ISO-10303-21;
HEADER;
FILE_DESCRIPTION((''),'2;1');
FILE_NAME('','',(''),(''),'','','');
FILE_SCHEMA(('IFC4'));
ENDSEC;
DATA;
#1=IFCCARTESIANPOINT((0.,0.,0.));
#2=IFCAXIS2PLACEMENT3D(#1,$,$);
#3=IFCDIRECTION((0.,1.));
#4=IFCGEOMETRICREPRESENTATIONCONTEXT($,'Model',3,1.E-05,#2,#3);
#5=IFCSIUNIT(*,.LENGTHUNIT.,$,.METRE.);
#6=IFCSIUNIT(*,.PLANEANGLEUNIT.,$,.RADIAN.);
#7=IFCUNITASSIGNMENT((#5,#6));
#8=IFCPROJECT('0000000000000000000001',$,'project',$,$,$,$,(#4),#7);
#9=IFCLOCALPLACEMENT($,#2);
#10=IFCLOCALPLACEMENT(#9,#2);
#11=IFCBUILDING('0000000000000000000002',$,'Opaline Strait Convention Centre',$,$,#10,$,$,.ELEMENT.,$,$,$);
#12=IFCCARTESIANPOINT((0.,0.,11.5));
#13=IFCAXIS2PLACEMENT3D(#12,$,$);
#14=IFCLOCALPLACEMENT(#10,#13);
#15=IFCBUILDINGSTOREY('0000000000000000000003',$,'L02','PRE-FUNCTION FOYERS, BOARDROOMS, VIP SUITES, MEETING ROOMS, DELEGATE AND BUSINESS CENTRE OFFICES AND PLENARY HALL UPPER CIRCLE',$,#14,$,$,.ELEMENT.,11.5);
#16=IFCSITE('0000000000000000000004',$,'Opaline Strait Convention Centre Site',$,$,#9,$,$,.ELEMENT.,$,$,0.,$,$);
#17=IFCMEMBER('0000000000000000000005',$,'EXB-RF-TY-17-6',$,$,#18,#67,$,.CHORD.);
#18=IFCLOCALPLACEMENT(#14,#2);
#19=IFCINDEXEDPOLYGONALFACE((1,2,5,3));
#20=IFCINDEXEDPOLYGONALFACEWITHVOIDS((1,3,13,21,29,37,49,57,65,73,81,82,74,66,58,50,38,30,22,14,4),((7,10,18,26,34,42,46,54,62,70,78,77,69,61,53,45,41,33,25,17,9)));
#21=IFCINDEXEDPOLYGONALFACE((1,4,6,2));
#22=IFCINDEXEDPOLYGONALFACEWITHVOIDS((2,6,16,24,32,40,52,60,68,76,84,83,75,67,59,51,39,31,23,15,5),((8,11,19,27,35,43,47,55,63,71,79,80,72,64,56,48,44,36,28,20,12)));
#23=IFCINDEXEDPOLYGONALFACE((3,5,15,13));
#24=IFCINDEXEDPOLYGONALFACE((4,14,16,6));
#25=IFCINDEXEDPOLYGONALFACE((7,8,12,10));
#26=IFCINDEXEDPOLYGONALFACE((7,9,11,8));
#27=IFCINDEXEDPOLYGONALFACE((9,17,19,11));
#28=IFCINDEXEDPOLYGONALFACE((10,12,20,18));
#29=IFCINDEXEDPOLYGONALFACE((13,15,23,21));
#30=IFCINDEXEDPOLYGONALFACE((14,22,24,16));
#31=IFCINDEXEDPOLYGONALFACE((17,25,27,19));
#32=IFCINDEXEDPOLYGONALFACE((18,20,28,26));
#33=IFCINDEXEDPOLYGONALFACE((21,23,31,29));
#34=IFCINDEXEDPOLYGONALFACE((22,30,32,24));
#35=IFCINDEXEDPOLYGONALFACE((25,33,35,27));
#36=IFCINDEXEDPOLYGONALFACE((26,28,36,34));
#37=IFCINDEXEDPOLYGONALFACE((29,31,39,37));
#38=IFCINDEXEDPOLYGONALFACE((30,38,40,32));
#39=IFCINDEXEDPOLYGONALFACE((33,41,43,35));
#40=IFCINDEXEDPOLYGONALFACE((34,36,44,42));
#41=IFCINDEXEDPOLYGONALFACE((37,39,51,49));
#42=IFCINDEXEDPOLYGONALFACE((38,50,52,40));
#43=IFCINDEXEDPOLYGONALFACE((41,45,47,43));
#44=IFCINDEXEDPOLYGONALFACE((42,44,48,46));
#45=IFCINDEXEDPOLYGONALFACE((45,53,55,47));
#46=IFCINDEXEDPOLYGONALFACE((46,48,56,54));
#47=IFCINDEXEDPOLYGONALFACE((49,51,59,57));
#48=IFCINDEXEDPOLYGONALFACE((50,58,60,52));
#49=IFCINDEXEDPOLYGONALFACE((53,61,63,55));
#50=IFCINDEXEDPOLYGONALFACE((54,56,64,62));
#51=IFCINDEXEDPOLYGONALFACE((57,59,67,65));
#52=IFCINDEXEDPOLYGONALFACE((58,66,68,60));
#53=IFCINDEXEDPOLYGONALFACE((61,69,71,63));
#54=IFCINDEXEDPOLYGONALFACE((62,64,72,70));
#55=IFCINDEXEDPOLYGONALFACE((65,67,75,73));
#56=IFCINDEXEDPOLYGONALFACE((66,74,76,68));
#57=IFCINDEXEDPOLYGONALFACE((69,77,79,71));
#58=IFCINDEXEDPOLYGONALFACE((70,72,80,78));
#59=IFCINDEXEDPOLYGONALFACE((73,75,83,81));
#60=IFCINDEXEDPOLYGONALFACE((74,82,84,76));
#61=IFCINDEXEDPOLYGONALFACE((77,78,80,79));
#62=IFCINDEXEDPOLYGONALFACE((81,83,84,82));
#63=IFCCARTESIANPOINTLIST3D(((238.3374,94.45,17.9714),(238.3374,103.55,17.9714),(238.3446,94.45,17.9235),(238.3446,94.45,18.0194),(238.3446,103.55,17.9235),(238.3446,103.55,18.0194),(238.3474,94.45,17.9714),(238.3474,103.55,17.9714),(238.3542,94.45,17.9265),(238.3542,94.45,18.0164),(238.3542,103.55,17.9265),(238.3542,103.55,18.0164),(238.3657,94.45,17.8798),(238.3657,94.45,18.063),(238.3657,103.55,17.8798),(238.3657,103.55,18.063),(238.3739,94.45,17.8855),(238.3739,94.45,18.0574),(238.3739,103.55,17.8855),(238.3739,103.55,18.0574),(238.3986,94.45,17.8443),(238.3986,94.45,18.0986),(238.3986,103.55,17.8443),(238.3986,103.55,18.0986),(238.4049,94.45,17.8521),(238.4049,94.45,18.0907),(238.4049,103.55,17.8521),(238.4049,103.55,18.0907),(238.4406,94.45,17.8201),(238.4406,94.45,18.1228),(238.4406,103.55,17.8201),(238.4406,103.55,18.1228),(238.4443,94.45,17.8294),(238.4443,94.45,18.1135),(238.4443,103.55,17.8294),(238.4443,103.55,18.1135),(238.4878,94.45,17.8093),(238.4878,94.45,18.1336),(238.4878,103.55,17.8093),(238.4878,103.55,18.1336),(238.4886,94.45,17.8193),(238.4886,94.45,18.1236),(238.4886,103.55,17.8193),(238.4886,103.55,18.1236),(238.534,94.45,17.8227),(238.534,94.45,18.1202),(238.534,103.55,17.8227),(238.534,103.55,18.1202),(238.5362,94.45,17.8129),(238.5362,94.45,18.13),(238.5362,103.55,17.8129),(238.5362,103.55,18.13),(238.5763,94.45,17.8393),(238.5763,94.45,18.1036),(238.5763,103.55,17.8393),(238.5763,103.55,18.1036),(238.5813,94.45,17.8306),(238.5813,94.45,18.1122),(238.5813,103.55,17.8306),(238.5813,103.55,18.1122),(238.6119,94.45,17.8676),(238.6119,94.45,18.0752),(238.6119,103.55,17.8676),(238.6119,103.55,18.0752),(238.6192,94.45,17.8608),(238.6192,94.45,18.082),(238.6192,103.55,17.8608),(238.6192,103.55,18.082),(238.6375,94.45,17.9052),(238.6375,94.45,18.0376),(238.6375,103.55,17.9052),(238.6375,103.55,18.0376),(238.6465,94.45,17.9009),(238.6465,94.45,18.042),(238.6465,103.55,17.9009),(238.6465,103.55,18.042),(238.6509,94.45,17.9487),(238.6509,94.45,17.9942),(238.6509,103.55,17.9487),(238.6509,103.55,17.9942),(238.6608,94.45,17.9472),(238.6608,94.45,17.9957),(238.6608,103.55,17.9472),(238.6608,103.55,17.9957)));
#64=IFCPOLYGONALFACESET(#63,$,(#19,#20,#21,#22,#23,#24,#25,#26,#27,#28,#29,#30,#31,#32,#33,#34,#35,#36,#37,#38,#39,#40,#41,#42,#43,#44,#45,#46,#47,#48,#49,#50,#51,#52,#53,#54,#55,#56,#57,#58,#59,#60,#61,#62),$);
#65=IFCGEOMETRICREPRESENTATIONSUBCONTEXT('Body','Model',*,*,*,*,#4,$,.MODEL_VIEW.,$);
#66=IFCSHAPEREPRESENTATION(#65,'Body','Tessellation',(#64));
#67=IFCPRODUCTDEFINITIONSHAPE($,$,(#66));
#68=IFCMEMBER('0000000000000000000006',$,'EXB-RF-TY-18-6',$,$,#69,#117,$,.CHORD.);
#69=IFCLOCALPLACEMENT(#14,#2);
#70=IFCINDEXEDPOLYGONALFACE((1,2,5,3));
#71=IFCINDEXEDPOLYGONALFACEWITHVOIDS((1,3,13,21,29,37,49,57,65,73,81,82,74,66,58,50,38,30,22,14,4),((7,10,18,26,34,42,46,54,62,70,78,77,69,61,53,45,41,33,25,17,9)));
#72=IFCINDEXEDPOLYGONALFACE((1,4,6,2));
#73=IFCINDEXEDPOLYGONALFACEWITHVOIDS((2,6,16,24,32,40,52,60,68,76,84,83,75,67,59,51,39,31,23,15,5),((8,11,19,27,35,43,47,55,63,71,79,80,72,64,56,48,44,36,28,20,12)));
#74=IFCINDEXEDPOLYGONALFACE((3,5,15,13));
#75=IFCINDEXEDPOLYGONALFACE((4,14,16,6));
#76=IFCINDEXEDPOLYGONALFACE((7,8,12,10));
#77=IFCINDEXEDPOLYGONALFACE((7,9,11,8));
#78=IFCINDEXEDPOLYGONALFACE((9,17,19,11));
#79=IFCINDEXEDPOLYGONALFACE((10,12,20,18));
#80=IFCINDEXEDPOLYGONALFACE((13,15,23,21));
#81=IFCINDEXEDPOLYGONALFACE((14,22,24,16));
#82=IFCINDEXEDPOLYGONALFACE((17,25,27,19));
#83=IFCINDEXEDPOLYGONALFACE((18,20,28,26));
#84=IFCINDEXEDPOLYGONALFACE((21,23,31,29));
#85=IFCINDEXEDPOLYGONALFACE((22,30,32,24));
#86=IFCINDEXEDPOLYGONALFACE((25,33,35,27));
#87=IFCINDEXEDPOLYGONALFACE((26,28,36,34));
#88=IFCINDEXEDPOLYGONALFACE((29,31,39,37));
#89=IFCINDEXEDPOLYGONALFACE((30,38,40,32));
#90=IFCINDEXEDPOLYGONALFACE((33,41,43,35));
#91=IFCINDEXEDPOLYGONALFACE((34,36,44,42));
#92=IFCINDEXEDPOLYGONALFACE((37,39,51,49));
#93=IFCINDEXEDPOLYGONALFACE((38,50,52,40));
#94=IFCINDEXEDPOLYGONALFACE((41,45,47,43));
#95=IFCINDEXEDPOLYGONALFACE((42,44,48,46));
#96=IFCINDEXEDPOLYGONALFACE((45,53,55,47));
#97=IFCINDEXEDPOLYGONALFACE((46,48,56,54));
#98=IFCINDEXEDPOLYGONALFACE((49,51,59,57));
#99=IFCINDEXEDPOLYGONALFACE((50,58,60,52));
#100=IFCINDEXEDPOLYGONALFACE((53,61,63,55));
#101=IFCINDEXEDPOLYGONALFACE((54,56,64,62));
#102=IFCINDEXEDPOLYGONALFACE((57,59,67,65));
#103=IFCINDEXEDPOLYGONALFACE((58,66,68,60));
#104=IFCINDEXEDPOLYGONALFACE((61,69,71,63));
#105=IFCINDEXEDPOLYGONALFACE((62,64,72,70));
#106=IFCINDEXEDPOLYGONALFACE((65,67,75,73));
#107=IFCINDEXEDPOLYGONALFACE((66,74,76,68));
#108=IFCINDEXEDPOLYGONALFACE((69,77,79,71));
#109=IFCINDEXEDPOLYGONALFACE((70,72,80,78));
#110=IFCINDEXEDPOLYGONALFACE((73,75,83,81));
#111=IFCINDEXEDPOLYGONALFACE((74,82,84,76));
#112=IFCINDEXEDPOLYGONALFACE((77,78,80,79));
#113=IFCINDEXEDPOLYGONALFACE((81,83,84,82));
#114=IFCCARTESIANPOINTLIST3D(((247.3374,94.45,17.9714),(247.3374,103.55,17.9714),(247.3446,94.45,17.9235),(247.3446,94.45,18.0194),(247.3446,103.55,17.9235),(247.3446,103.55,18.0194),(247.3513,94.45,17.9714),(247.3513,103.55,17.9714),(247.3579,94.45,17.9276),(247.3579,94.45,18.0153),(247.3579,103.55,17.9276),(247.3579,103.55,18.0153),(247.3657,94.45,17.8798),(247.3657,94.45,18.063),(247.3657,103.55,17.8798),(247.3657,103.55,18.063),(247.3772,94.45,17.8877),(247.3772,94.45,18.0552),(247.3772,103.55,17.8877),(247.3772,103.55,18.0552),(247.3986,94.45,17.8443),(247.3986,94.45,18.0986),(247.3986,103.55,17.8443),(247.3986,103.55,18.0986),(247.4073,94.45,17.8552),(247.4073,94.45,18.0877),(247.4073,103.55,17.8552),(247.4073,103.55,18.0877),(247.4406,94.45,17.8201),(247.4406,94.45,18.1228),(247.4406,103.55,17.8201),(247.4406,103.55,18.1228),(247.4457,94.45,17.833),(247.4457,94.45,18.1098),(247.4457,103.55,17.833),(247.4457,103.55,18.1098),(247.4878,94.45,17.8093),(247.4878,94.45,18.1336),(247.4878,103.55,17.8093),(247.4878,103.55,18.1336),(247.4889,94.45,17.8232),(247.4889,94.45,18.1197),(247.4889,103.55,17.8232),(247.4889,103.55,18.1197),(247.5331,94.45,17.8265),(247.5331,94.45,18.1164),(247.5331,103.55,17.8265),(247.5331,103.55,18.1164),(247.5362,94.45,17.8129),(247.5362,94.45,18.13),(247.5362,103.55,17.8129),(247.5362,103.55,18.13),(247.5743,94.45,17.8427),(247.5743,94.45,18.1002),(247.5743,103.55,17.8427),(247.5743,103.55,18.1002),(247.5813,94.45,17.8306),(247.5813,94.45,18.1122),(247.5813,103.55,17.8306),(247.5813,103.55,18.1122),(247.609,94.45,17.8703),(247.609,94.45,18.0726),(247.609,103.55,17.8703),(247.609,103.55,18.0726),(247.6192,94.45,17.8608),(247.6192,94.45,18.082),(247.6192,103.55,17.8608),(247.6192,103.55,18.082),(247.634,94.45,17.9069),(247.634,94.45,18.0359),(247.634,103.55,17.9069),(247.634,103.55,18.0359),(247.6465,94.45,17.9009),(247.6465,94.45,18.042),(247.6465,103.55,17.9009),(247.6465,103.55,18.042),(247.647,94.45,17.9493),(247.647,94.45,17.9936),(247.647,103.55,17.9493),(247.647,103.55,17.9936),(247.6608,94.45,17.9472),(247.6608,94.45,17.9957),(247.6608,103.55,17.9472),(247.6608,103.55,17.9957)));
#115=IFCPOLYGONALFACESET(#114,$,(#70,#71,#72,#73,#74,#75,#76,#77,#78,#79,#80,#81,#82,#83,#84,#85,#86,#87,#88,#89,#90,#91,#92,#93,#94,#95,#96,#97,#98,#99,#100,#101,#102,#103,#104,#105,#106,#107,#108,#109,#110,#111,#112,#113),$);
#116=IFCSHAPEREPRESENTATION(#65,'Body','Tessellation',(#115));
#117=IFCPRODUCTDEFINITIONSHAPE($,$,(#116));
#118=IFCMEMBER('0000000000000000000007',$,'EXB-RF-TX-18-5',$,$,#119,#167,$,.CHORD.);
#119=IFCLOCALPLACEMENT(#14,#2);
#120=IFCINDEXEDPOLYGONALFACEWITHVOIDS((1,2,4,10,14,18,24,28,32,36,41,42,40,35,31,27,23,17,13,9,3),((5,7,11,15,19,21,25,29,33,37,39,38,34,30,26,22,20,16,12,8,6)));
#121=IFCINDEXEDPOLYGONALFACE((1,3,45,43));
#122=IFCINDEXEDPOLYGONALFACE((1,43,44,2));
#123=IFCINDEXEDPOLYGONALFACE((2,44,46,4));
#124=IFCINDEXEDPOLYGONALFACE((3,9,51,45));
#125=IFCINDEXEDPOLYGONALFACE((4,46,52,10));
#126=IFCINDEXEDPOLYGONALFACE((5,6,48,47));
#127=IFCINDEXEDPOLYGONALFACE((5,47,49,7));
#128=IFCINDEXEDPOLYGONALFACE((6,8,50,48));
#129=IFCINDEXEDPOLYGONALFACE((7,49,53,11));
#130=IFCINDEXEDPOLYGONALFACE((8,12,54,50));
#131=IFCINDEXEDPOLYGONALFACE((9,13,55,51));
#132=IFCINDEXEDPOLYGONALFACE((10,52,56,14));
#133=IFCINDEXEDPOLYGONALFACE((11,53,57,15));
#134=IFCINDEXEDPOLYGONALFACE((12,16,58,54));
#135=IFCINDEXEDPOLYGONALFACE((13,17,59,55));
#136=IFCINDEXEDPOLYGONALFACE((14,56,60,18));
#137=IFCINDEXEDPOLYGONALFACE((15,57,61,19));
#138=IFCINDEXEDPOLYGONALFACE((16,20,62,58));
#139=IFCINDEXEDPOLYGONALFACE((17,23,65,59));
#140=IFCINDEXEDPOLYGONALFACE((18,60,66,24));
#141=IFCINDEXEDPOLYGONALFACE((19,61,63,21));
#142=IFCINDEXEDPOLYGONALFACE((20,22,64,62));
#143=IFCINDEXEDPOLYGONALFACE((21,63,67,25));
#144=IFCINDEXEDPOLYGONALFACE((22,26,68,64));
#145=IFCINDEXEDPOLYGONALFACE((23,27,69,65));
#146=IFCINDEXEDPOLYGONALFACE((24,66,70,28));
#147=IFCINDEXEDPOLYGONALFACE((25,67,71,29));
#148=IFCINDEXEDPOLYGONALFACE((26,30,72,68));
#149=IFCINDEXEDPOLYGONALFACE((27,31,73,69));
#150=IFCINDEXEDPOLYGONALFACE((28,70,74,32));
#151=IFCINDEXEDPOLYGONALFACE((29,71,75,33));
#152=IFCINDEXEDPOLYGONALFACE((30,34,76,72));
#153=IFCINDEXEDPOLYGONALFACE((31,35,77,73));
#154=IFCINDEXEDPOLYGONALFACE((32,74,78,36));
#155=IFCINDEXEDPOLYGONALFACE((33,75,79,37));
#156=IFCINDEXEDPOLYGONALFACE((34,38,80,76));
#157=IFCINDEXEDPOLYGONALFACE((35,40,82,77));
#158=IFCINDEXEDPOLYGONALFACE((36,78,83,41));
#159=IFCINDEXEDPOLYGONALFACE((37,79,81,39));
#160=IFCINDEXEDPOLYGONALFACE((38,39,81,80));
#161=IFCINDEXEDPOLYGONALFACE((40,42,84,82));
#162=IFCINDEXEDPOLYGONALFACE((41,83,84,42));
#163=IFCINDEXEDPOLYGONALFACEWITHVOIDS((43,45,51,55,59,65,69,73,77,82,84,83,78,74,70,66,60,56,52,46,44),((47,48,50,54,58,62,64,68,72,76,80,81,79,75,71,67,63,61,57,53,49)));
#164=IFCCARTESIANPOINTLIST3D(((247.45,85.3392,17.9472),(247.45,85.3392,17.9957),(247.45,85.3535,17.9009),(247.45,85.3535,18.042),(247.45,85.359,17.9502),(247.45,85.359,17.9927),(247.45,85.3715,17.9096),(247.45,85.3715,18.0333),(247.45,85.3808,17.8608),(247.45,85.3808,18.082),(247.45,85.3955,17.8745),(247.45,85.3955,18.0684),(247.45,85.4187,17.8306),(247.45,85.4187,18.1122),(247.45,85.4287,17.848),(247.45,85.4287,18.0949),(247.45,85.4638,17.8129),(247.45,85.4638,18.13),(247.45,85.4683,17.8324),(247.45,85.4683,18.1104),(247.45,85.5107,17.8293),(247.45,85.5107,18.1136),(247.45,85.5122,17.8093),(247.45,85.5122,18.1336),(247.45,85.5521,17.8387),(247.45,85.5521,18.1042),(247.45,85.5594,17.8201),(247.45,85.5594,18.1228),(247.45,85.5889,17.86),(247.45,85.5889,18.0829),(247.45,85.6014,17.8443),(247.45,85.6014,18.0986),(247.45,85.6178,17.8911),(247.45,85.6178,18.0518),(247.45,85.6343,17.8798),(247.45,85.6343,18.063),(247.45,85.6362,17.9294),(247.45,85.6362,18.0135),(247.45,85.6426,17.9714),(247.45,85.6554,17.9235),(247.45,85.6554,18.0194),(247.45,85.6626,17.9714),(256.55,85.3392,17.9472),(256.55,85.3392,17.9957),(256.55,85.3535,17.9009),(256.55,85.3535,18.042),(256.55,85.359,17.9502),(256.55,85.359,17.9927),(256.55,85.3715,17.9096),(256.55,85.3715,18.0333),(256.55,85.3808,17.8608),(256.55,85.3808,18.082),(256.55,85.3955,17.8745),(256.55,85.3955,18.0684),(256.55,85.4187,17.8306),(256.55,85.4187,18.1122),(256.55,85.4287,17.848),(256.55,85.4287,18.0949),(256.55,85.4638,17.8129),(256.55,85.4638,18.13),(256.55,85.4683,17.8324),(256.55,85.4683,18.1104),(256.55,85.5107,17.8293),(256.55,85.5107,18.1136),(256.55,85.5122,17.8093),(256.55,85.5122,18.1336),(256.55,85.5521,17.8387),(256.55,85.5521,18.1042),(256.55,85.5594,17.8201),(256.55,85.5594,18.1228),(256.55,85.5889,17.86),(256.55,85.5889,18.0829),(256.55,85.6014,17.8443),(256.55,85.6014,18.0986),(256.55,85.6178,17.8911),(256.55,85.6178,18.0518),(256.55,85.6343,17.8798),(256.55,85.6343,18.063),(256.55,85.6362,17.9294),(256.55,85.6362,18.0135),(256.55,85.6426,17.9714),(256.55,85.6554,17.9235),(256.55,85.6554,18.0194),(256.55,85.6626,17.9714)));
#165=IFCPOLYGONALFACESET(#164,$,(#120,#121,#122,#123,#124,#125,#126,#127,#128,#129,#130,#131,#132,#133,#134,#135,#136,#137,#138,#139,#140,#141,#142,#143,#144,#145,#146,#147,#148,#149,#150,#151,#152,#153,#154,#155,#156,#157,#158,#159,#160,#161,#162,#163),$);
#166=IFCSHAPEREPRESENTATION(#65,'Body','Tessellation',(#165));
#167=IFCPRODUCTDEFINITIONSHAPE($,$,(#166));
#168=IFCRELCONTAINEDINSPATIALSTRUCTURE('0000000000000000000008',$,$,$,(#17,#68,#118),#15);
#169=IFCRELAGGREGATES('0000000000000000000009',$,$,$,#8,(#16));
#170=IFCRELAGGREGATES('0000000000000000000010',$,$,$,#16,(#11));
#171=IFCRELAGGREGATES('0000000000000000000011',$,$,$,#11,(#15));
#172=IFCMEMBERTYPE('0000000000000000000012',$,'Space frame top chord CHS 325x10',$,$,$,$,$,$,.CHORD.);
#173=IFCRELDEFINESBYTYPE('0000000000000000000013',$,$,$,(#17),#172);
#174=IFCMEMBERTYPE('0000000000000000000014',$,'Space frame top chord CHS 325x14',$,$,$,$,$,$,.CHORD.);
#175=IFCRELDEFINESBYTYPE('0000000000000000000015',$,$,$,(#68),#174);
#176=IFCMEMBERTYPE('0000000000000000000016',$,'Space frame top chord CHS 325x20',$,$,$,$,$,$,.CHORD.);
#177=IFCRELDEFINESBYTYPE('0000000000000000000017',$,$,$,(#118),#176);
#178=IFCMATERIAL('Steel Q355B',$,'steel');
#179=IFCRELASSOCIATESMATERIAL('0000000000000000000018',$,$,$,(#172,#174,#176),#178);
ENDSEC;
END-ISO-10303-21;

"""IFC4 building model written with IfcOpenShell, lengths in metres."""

from ifc_helpers import new_model, si_unit, direction, frame, origin, origin_2d, place, context, subcontext, project, spatial, hollow_circle, extrude, material, material_profile, profile_set, type_object, element, save


model = new_model("IFC4")

# Units and contexts
model_context = context("Model", 3, precision=1e-05, world=origin(), true_north=direction((0.0, 1.0)))
body_context = subcontext(model_context, "Body", "Model", "MODEL_VIEW")
ifc_project = project(units=[si_unit("LENGTHUNIT", "METRE"), si_unit("PLANEANGLEUNIT", "RADIAN")], contexts=[model_context])

# Site, building, storey
site_placement = place(None, origin())
site = spatial("IfcSite", under=ifc_project, at=site_placement, Name="Opaline Strait Convention Centre Site", CompositionType="ELEMENT", RefElevation=0.0)
building_placement = place(site_placement, origin())
building = spatial("IfcBuilding", under=site, at=building_placement, Name="Opaline Strait Convention Centre", CompositionType="ELEMENT")
storey_placement = place(building_placement, frame((0.0, 0.0, 11.5)))
storey = spatial("IfcBuildingStorey", under=building, at=storey_placement, Name="L02", Description="PRE-FUNCTION FOYERS, BOARDROOMS, VIP SUITES, MEETING ROOMS, DELEGATE AND BUSINESS CENTRE OFFICES AND PLENARY HALL UPPER CIRCLE", CompositionType="ELEMENT", Elevation=11.5)

# Members
ifc_material = material(Name="Steel Q355B", Category="steel")
ifc_material_profile_1 = material_profile(ifc_material, hollow_circle(Radius=0.1626, WallThickness=0.01, at=origin_2d()), Name="CHS 325x10")
ifc_profile_set_1 = profile_set([ifc_material_profile_1], Name="Steel Q355B")
member_type_1 = type_object("IfcMemberType", Name="Space frame top chord CHS 325x10", PredefinedType="CHORD", material=ifc_profile_set_1)
member_1_placement = place(storey_placement, frame((238.5, 94.45, 17.9714), z_axis=(0.0, 1.0, 0.0), x_axis=(-1.0, 0.0, 0.0)))
element("IfcMember", 1, at=member_1_placement, inside=storey, type_object=member_type_1, Name="EXB-RF-TY-17-6", PredefinedType="CHORD", context=body_context, shape_type="SweptSolid", body=[
    extrude(hollow_circle(Radius=0.1626, WallThickness=0.01, at=origin_2d()), origin(), (0.0, 0.0, 1.0), 9.1001),
])
ifc_material_profile_2 = material_profile(ifc_material, hollow_circle(Radius=0.1626, WallThickness=0.0139, at=origin_2d()), Name="CHS 325x14")
ifc_profile_set_2 = profile_set([ifc_material_profile_2], Name="Steel Q355B")
member_type_2 = type_object("IfcMemberType", Name="Space frame top chord CHS 325x14", PredefinedType="CHORD", material=ifc_profile_set_2)
member_2_placement = place(storey_placement, frame((247.5, 94.45, 17.9714), z_axis=(0.0, 1.0, 0.0), x_axis=(-1.0, 0.0, 0.0)))
element("IfcMember", 2, at=member_2_placement, inside=storey, type_object=member_type_2, Name="EXB-RF-TY-18-6", PredefinedType="CHORD", context=body_context, shape_type="SweptSolid", body=[
    extrude(hollow_circle(Radius=0.1626, WallThickness=0.0139, at=origin_2d()), origin(), (0.0, 0.0, 1.0), 9.1001),
])
ifc_material_profile_3 = material_profile(ifc_material, hollow_circle(Radius=0.1626, WallThickness=0.02, at=origin_2d()), Name="CHS 325x20")
ifc_profile_set_3 = profile_set([ifc_material_profile_3], Name="Steel Q355B")
member_type_3 = type_object("IfcMemberType", Name="Space frame top chord CHS 325x20", PredefinedType="CHORD", material=ifc_profile_set_3)
for number, where, z_axis, x_axis, name in (
    (3, (247.45, 85.5, 17.9714), (1.0, 0.0, 0.0), (0.0, 1.0, 0.0), "EXB-RF-TX-18-5"),
):
    element("IfcMember", number, at=place(storey_placement, frame(where, z_axis=z_axis, x_axis=x_axis)), inside=storey, type_object=member_type_3, Name=name, PredefinedType="CHORD", context=body_context, shape_type="SweptSolid", body=[
        extrude(hollow_circle(Radius=0.1626, WallThickness=0.02, at=origin_2d()), origin(), (0.0, 0.0, 1.0), 9.1001),
    ])

save(model, "model.ifc")
